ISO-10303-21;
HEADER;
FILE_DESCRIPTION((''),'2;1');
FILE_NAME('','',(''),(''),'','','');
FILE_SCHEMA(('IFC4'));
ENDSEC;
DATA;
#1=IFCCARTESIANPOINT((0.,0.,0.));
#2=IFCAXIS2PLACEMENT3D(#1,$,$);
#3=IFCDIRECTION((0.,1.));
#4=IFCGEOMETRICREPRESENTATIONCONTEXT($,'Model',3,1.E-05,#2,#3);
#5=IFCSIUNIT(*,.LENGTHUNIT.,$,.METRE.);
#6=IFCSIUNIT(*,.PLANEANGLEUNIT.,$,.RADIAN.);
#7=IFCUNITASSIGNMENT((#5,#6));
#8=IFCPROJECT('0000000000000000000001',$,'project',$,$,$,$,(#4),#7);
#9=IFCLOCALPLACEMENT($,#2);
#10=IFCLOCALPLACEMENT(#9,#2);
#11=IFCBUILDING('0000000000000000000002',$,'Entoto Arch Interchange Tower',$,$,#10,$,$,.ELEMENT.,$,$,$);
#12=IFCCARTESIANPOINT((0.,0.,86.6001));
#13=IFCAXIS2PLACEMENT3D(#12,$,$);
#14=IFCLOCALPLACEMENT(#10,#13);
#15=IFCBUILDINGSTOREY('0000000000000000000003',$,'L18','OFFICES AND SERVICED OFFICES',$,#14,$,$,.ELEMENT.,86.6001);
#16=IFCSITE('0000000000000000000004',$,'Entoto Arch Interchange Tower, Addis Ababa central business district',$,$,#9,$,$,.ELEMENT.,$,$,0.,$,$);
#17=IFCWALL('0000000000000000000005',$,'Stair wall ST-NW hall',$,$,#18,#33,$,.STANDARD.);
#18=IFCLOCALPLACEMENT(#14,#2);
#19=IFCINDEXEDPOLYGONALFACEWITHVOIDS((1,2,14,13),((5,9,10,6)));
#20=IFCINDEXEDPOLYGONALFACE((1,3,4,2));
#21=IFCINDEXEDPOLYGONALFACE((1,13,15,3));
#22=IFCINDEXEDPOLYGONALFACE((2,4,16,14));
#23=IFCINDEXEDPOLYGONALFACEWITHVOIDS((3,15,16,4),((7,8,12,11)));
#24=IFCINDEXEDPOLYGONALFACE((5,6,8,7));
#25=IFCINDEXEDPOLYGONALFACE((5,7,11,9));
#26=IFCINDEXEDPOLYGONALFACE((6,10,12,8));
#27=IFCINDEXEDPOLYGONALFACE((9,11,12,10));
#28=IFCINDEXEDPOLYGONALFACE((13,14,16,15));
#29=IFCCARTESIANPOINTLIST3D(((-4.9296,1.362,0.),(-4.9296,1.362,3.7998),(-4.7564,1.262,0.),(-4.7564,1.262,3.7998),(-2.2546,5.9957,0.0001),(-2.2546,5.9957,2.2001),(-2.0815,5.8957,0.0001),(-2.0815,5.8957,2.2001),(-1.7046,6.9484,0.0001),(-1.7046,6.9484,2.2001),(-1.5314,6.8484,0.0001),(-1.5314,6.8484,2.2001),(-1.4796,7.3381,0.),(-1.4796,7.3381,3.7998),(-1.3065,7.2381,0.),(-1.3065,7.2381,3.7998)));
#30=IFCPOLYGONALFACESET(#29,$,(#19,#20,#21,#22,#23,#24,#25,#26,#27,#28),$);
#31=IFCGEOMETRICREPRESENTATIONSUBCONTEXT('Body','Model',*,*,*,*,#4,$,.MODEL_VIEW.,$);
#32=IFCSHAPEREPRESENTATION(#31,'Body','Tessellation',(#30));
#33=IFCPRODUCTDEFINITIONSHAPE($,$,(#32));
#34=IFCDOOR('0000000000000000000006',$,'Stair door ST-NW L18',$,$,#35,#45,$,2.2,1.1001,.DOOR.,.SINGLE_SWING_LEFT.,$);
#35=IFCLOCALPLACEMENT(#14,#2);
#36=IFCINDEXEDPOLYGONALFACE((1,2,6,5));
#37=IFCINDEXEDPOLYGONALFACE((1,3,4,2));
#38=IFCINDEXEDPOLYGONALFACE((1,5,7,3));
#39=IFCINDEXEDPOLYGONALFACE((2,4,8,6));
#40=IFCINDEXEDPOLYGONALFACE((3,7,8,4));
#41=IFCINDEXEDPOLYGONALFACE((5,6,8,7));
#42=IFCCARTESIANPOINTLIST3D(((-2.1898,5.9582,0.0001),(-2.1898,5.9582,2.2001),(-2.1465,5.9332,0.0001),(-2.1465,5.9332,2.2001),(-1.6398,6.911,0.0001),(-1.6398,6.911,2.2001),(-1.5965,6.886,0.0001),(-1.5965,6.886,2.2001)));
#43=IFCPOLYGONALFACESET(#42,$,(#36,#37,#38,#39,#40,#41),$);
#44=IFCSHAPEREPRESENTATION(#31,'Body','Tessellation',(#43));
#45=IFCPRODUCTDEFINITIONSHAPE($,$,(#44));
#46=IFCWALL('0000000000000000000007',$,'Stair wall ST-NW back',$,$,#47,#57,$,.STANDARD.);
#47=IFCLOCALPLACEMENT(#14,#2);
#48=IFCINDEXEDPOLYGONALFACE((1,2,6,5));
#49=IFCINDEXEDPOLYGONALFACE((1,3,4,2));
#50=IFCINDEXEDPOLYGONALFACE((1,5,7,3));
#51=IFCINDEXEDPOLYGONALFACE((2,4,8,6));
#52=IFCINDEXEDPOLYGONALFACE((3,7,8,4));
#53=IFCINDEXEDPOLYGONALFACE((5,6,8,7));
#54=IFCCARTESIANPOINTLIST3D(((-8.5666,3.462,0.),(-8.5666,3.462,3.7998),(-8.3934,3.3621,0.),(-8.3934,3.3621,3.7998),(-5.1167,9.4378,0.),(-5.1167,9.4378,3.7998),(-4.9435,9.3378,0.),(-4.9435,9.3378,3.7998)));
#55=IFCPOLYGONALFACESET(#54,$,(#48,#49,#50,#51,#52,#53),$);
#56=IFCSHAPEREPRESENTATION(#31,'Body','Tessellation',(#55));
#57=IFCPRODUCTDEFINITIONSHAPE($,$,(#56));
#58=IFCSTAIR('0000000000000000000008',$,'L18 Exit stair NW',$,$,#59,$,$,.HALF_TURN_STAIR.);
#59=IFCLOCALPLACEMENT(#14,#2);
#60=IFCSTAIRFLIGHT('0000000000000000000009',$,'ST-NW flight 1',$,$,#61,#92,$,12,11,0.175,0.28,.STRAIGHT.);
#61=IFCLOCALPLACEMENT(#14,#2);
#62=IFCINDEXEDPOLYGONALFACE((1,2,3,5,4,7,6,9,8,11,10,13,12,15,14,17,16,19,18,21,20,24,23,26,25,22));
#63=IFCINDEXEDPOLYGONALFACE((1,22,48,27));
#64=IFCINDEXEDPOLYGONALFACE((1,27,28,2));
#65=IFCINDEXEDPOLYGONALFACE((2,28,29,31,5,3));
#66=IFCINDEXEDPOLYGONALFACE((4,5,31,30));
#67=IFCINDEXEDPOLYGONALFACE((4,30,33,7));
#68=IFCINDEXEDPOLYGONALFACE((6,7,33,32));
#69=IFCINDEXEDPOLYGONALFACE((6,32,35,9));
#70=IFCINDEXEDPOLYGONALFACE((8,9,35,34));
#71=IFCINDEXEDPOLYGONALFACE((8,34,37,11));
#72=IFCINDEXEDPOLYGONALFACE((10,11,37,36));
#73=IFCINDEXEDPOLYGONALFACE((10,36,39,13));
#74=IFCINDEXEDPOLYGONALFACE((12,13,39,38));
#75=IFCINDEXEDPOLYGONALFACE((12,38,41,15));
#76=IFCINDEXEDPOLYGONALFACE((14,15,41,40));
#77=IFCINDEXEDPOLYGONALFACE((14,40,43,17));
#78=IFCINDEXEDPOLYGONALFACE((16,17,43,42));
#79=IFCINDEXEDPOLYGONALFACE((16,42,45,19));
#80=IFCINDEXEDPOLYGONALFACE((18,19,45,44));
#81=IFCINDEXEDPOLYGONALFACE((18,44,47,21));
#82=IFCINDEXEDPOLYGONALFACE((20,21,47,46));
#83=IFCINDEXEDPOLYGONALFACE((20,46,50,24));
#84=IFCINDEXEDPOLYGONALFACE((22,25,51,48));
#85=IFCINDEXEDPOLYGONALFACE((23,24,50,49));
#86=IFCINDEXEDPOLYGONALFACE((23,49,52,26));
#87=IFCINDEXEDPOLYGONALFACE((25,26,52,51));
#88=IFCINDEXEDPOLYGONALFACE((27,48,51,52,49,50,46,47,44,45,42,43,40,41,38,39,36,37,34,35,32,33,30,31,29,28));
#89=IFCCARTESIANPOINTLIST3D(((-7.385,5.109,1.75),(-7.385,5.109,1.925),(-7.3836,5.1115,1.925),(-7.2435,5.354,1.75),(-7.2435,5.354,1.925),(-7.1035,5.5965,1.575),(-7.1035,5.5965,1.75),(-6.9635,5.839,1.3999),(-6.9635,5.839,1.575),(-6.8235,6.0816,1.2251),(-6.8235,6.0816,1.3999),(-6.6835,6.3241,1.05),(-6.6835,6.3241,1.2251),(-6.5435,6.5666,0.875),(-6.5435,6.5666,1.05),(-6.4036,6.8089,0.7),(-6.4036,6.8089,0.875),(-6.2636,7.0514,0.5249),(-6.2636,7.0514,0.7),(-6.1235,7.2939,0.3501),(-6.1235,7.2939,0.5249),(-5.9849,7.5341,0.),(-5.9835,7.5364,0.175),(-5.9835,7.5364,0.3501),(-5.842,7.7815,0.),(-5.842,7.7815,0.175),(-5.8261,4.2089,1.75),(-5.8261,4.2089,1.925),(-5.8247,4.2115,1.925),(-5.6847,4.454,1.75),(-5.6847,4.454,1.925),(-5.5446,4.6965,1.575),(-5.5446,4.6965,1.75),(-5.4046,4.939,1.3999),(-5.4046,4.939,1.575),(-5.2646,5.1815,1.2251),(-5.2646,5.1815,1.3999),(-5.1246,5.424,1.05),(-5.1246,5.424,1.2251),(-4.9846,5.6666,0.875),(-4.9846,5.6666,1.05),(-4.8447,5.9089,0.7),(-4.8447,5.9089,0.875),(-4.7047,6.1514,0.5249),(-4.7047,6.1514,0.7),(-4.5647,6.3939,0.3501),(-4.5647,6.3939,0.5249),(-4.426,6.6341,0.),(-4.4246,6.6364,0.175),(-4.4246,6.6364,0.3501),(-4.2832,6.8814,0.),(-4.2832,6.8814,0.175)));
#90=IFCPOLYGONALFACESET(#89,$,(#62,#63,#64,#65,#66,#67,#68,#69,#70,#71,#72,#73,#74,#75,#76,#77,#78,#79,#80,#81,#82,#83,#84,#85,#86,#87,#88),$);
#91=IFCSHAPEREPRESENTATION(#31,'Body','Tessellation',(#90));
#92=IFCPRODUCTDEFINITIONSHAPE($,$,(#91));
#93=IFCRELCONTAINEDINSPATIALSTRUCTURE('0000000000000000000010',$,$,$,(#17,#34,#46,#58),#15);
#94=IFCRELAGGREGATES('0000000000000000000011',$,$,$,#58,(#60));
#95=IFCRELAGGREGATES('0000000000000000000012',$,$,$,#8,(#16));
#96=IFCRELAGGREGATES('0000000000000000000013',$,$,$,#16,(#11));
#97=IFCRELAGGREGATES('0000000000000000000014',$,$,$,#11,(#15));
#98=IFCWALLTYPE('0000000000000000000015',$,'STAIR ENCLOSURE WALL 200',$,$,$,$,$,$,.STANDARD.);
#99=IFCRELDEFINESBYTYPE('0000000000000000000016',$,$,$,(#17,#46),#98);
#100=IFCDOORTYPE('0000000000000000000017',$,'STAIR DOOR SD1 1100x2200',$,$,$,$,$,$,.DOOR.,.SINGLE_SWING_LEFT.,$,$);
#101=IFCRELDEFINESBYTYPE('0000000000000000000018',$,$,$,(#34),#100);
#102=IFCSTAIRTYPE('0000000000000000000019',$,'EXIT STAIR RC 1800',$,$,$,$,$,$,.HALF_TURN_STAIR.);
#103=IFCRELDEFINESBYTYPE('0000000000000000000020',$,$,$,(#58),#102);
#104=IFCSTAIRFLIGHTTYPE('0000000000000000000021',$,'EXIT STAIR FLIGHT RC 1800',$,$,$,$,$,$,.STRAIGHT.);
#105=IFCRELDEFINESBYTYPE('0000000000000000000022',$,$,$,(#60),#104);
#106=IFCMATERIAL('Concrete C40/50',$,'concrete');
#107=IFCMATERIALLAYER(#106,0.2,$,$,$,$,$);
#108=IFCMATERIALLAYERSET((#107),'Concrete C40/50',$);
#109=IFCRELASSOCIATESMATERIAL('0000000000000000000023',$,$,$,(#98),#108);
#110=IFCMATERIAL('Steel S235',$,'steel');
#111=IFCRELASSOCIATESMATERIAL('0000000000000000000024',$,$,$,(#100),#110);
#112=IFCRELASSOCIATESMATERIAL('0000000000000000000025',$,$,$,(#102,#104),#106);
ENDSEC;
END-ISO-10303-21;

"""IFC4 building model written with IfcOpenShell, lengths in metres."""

from ifc_helpers import new_model, si_unit, direction, frame, frame_2d, origin, place, context, subcontext, project, spatial, polyline, rectangle, outline, extrude, material, layer, layer_set, type_object, element, fill, aggregate, save


model = new_model("IFC4")

# Units and contexts
model_context = context("Model", 3, precision=1e-05, world=origin(), true_north=direction((0.0, 1.0)))
body_context = subcontext(model_context, "Body", "Model", "MODEL_VIEW")
ifc_project = project(units=[si_unit("LENGTHUNIT", "METRE"), si_unit("PLANEANGLEUNIT", "RADIAN")], contexts=[model_context])

# Site, building, storey
site_placement = place(None, origin())
site = spatial("IfcSite", under=ifc_project, at=site_placement, Name="Entoto Arch Interchange Tower, Addis Ababa central business district", CompositionType="ELEMENT", RefElevation=0.0)
building_placement = place(site_placement, origin())
building = spatial("IfcBuilding", under=site, at=building_placement, Name="Entoto Arch Interchange Tower", CompositionType="ELEMENT")
storey_placement = place(building_placement, frame((0.0, 0.0, 86.6001)))
storey = spatial("IfcBuildingStorey", under=building, at=storey_placement, Name="L18", Description="OFFICES AND SERVICED OFFICES", CompositionType="ELEMENT", Elevation=86.6001)

# Shared definitions
ifc_material_1 = material(Name="Concrete C40/50", Category="concrete")

# Wall, opening, door
ifc_layer_1 = layer(ifc_material_1, 0.2)
ifc_layer_set_1 = layer_set([ifc_layer_1], Name="Concrete C40/50")
wall_type_1 = type_object("IfcWallType", Name="STAIR ENCLOSURE WALL 200", PredefinedType="STANDARD", material=ifc_layer_set_1)
ifc_material_2 = material(Name="Steel S235", Category="steel")
door_type_1 = type_object("IfcDoorType", Name="STAIR DOOR SD1 1100x2200", OperationType="SINGLE_SWING_LEFT", PredefinedType="DOOR", material=ifc_material_2)
wall_1_placement = place(storey_placement, frame((-1.3931, 7.2881, 0.0), z_axis=(0.0, 0.0, 1.0), x_axis=(-0.499963, -0.866047, 0.0)))
wall_1 = element("IfcWall", 1, at=wall_1_placement, inside=storey, type_object=wall_type_1, Name="Stair wall ST-NW hall", PredefinedType="STANDARD", context=body_context, shape_type="SweptSolid", body=[
    extrude(rectangle(XDim=6.9004, YDim=0.2, at=frame_2d((3.4502, 0.0))), origin(), (0.0, 0.0, 1.0), 3.7998),
])
opening_1_placement = place(wall_1_placement, frame((0.45, 0.0, 0.0)))
opening_1 = element("IfcOpeningElement", 2, at=opening_1_placement, cuts=wall_1, PredefinedType="OPENING", context=body_context, shape_type="SweptSolid", body=[
    extrude(rectangle(XDim=1.1001, YDim=2.2, at=frame_2d((0.55, 1.1001))), frame((0.0, 0.1099, 0.0), z_axis=(0.0, -1.0, 0.0), x_axis=(1.0, 0.0, 0.0)), (0.0, 0.0, 1.0), 0.22),
])
door_1_placement = place(opening_1_placement, origin())
door_1 = element("IfcDoor", 3, at=door_1_placement, inside=storey, type_object=door_type_1, Name="Stair door ST-NW L18", OperationType="SINGLE_SWING_LEFT", OverallHeight=2.2, OverallWidth=1.1001, PredefinedType="DOOR", context=body_context, shape_type="SweptSolid", body=[
    extrude(rectangle(XDim=1.1001, YDim=2.2, at=frame_2d((0.55, 1.1001))), frame((0.0, 0.0249, 0.0), z_axis=(0.0, -1.0, 0.0), x_axis=(1.0, 0.0, 0.0)), (0.0, 0.0, 1.0), 0.05),
])
fill(opening_1, door_1)

# Wall
wall_2_placement = place(storey_placement, frame((-5.03, 9.3879, 0.0), z_axis=(0.0, 0.0, 1.0), x_axis=(-0.499979, -0.866038, 0.0)))
element("IfcWall", 4, at=wall_2_placement, inside=storey, type_object=wall_type_1, Name="Stair wall ST-NW back", PredefinedType="STANDARD", context=body_context, shape_type="SweptSolid", body=[
    extrude(rectangle(XDim=6.9001, YDim=0.2, at=frame_2d((3.4502, 0.0))), origin(), (0.0, 0.0, 1.0), 3.7998),
])

# Stair, stair flight
stair_type = type_object("IfcStairType", Name="EXIT STAIR RC 1800", PredefinedType="HALF_TURN_STAIR", material=ifc_material_1)
stair_placement = place(storey_placement, origin())
stair = element("IfcStair", 5, at=stair_placement, inside=storey, type_object=stair_type, Name="L18 Exit stair NW", PredefinedType="HALF_TURN_STAIR")
stair_flight_type = type_object("IfcStairFlightType", Name="EXIT STAIR FLIGHT RC 1800", PredefinedType="STRAIGHT", material=ifc_material_1)
stair_flight_placement = place(storey_placement, frame((-5.064, 7.3289, 0.0), z_axis=(0.0, 0.0, 1.0), x_axis=(-0.5, -0.866025, 0.0)))
stair_flight = element("IfcStairFlight", 6, at=stair_flight_placement, type_object=stair_flight_type, Name="ST-NW flight 1", NumberOfRisers=12, NumberOfTreads=11, PredefinedType="STRAIGHT", RiserHeight=0.175, TreadLength=0.28, context=body_context, shape_type="SweptSolid", body=[
    extrude(outline(polyline([(-0.0029, 0.0), (-0.0029, 0.175), (0.28, 0.175), (0.28, 0.3501), (0.5601, 0.3501), (0.5601, 0.5249), (0.8401, 0.5249), (0.8401, 0.7), (1.1201, 0.7), (1.1201, 0.875), (1.3999, 0.875), (1.3999, 1.05), (1.6799, 1.05), (1.6799, 1.2251), (1.96, 1.2251), (1.96, 1.3999), (2.24, 1.3999), (2.24, 1.575), (2.52, 1.575), (2.52, 1.75), (2.8, 1.75), (2.8, 1.925), (3.0801, 1.925), (3.083, 1.925), (3.083, 1.75), (0.2827, 0.0), (-0.0029, 0.0)])), frame((0.0, 0.8999, 0.0), z_axis=(0.0, -1.0, 0.0), x_axis=(1.0, 0.0, 0.0)), (0.0, 0.0, 1.0), 1.8),
])
aggregate(stair, [stair_flight])

save(model, "model.ifc")
